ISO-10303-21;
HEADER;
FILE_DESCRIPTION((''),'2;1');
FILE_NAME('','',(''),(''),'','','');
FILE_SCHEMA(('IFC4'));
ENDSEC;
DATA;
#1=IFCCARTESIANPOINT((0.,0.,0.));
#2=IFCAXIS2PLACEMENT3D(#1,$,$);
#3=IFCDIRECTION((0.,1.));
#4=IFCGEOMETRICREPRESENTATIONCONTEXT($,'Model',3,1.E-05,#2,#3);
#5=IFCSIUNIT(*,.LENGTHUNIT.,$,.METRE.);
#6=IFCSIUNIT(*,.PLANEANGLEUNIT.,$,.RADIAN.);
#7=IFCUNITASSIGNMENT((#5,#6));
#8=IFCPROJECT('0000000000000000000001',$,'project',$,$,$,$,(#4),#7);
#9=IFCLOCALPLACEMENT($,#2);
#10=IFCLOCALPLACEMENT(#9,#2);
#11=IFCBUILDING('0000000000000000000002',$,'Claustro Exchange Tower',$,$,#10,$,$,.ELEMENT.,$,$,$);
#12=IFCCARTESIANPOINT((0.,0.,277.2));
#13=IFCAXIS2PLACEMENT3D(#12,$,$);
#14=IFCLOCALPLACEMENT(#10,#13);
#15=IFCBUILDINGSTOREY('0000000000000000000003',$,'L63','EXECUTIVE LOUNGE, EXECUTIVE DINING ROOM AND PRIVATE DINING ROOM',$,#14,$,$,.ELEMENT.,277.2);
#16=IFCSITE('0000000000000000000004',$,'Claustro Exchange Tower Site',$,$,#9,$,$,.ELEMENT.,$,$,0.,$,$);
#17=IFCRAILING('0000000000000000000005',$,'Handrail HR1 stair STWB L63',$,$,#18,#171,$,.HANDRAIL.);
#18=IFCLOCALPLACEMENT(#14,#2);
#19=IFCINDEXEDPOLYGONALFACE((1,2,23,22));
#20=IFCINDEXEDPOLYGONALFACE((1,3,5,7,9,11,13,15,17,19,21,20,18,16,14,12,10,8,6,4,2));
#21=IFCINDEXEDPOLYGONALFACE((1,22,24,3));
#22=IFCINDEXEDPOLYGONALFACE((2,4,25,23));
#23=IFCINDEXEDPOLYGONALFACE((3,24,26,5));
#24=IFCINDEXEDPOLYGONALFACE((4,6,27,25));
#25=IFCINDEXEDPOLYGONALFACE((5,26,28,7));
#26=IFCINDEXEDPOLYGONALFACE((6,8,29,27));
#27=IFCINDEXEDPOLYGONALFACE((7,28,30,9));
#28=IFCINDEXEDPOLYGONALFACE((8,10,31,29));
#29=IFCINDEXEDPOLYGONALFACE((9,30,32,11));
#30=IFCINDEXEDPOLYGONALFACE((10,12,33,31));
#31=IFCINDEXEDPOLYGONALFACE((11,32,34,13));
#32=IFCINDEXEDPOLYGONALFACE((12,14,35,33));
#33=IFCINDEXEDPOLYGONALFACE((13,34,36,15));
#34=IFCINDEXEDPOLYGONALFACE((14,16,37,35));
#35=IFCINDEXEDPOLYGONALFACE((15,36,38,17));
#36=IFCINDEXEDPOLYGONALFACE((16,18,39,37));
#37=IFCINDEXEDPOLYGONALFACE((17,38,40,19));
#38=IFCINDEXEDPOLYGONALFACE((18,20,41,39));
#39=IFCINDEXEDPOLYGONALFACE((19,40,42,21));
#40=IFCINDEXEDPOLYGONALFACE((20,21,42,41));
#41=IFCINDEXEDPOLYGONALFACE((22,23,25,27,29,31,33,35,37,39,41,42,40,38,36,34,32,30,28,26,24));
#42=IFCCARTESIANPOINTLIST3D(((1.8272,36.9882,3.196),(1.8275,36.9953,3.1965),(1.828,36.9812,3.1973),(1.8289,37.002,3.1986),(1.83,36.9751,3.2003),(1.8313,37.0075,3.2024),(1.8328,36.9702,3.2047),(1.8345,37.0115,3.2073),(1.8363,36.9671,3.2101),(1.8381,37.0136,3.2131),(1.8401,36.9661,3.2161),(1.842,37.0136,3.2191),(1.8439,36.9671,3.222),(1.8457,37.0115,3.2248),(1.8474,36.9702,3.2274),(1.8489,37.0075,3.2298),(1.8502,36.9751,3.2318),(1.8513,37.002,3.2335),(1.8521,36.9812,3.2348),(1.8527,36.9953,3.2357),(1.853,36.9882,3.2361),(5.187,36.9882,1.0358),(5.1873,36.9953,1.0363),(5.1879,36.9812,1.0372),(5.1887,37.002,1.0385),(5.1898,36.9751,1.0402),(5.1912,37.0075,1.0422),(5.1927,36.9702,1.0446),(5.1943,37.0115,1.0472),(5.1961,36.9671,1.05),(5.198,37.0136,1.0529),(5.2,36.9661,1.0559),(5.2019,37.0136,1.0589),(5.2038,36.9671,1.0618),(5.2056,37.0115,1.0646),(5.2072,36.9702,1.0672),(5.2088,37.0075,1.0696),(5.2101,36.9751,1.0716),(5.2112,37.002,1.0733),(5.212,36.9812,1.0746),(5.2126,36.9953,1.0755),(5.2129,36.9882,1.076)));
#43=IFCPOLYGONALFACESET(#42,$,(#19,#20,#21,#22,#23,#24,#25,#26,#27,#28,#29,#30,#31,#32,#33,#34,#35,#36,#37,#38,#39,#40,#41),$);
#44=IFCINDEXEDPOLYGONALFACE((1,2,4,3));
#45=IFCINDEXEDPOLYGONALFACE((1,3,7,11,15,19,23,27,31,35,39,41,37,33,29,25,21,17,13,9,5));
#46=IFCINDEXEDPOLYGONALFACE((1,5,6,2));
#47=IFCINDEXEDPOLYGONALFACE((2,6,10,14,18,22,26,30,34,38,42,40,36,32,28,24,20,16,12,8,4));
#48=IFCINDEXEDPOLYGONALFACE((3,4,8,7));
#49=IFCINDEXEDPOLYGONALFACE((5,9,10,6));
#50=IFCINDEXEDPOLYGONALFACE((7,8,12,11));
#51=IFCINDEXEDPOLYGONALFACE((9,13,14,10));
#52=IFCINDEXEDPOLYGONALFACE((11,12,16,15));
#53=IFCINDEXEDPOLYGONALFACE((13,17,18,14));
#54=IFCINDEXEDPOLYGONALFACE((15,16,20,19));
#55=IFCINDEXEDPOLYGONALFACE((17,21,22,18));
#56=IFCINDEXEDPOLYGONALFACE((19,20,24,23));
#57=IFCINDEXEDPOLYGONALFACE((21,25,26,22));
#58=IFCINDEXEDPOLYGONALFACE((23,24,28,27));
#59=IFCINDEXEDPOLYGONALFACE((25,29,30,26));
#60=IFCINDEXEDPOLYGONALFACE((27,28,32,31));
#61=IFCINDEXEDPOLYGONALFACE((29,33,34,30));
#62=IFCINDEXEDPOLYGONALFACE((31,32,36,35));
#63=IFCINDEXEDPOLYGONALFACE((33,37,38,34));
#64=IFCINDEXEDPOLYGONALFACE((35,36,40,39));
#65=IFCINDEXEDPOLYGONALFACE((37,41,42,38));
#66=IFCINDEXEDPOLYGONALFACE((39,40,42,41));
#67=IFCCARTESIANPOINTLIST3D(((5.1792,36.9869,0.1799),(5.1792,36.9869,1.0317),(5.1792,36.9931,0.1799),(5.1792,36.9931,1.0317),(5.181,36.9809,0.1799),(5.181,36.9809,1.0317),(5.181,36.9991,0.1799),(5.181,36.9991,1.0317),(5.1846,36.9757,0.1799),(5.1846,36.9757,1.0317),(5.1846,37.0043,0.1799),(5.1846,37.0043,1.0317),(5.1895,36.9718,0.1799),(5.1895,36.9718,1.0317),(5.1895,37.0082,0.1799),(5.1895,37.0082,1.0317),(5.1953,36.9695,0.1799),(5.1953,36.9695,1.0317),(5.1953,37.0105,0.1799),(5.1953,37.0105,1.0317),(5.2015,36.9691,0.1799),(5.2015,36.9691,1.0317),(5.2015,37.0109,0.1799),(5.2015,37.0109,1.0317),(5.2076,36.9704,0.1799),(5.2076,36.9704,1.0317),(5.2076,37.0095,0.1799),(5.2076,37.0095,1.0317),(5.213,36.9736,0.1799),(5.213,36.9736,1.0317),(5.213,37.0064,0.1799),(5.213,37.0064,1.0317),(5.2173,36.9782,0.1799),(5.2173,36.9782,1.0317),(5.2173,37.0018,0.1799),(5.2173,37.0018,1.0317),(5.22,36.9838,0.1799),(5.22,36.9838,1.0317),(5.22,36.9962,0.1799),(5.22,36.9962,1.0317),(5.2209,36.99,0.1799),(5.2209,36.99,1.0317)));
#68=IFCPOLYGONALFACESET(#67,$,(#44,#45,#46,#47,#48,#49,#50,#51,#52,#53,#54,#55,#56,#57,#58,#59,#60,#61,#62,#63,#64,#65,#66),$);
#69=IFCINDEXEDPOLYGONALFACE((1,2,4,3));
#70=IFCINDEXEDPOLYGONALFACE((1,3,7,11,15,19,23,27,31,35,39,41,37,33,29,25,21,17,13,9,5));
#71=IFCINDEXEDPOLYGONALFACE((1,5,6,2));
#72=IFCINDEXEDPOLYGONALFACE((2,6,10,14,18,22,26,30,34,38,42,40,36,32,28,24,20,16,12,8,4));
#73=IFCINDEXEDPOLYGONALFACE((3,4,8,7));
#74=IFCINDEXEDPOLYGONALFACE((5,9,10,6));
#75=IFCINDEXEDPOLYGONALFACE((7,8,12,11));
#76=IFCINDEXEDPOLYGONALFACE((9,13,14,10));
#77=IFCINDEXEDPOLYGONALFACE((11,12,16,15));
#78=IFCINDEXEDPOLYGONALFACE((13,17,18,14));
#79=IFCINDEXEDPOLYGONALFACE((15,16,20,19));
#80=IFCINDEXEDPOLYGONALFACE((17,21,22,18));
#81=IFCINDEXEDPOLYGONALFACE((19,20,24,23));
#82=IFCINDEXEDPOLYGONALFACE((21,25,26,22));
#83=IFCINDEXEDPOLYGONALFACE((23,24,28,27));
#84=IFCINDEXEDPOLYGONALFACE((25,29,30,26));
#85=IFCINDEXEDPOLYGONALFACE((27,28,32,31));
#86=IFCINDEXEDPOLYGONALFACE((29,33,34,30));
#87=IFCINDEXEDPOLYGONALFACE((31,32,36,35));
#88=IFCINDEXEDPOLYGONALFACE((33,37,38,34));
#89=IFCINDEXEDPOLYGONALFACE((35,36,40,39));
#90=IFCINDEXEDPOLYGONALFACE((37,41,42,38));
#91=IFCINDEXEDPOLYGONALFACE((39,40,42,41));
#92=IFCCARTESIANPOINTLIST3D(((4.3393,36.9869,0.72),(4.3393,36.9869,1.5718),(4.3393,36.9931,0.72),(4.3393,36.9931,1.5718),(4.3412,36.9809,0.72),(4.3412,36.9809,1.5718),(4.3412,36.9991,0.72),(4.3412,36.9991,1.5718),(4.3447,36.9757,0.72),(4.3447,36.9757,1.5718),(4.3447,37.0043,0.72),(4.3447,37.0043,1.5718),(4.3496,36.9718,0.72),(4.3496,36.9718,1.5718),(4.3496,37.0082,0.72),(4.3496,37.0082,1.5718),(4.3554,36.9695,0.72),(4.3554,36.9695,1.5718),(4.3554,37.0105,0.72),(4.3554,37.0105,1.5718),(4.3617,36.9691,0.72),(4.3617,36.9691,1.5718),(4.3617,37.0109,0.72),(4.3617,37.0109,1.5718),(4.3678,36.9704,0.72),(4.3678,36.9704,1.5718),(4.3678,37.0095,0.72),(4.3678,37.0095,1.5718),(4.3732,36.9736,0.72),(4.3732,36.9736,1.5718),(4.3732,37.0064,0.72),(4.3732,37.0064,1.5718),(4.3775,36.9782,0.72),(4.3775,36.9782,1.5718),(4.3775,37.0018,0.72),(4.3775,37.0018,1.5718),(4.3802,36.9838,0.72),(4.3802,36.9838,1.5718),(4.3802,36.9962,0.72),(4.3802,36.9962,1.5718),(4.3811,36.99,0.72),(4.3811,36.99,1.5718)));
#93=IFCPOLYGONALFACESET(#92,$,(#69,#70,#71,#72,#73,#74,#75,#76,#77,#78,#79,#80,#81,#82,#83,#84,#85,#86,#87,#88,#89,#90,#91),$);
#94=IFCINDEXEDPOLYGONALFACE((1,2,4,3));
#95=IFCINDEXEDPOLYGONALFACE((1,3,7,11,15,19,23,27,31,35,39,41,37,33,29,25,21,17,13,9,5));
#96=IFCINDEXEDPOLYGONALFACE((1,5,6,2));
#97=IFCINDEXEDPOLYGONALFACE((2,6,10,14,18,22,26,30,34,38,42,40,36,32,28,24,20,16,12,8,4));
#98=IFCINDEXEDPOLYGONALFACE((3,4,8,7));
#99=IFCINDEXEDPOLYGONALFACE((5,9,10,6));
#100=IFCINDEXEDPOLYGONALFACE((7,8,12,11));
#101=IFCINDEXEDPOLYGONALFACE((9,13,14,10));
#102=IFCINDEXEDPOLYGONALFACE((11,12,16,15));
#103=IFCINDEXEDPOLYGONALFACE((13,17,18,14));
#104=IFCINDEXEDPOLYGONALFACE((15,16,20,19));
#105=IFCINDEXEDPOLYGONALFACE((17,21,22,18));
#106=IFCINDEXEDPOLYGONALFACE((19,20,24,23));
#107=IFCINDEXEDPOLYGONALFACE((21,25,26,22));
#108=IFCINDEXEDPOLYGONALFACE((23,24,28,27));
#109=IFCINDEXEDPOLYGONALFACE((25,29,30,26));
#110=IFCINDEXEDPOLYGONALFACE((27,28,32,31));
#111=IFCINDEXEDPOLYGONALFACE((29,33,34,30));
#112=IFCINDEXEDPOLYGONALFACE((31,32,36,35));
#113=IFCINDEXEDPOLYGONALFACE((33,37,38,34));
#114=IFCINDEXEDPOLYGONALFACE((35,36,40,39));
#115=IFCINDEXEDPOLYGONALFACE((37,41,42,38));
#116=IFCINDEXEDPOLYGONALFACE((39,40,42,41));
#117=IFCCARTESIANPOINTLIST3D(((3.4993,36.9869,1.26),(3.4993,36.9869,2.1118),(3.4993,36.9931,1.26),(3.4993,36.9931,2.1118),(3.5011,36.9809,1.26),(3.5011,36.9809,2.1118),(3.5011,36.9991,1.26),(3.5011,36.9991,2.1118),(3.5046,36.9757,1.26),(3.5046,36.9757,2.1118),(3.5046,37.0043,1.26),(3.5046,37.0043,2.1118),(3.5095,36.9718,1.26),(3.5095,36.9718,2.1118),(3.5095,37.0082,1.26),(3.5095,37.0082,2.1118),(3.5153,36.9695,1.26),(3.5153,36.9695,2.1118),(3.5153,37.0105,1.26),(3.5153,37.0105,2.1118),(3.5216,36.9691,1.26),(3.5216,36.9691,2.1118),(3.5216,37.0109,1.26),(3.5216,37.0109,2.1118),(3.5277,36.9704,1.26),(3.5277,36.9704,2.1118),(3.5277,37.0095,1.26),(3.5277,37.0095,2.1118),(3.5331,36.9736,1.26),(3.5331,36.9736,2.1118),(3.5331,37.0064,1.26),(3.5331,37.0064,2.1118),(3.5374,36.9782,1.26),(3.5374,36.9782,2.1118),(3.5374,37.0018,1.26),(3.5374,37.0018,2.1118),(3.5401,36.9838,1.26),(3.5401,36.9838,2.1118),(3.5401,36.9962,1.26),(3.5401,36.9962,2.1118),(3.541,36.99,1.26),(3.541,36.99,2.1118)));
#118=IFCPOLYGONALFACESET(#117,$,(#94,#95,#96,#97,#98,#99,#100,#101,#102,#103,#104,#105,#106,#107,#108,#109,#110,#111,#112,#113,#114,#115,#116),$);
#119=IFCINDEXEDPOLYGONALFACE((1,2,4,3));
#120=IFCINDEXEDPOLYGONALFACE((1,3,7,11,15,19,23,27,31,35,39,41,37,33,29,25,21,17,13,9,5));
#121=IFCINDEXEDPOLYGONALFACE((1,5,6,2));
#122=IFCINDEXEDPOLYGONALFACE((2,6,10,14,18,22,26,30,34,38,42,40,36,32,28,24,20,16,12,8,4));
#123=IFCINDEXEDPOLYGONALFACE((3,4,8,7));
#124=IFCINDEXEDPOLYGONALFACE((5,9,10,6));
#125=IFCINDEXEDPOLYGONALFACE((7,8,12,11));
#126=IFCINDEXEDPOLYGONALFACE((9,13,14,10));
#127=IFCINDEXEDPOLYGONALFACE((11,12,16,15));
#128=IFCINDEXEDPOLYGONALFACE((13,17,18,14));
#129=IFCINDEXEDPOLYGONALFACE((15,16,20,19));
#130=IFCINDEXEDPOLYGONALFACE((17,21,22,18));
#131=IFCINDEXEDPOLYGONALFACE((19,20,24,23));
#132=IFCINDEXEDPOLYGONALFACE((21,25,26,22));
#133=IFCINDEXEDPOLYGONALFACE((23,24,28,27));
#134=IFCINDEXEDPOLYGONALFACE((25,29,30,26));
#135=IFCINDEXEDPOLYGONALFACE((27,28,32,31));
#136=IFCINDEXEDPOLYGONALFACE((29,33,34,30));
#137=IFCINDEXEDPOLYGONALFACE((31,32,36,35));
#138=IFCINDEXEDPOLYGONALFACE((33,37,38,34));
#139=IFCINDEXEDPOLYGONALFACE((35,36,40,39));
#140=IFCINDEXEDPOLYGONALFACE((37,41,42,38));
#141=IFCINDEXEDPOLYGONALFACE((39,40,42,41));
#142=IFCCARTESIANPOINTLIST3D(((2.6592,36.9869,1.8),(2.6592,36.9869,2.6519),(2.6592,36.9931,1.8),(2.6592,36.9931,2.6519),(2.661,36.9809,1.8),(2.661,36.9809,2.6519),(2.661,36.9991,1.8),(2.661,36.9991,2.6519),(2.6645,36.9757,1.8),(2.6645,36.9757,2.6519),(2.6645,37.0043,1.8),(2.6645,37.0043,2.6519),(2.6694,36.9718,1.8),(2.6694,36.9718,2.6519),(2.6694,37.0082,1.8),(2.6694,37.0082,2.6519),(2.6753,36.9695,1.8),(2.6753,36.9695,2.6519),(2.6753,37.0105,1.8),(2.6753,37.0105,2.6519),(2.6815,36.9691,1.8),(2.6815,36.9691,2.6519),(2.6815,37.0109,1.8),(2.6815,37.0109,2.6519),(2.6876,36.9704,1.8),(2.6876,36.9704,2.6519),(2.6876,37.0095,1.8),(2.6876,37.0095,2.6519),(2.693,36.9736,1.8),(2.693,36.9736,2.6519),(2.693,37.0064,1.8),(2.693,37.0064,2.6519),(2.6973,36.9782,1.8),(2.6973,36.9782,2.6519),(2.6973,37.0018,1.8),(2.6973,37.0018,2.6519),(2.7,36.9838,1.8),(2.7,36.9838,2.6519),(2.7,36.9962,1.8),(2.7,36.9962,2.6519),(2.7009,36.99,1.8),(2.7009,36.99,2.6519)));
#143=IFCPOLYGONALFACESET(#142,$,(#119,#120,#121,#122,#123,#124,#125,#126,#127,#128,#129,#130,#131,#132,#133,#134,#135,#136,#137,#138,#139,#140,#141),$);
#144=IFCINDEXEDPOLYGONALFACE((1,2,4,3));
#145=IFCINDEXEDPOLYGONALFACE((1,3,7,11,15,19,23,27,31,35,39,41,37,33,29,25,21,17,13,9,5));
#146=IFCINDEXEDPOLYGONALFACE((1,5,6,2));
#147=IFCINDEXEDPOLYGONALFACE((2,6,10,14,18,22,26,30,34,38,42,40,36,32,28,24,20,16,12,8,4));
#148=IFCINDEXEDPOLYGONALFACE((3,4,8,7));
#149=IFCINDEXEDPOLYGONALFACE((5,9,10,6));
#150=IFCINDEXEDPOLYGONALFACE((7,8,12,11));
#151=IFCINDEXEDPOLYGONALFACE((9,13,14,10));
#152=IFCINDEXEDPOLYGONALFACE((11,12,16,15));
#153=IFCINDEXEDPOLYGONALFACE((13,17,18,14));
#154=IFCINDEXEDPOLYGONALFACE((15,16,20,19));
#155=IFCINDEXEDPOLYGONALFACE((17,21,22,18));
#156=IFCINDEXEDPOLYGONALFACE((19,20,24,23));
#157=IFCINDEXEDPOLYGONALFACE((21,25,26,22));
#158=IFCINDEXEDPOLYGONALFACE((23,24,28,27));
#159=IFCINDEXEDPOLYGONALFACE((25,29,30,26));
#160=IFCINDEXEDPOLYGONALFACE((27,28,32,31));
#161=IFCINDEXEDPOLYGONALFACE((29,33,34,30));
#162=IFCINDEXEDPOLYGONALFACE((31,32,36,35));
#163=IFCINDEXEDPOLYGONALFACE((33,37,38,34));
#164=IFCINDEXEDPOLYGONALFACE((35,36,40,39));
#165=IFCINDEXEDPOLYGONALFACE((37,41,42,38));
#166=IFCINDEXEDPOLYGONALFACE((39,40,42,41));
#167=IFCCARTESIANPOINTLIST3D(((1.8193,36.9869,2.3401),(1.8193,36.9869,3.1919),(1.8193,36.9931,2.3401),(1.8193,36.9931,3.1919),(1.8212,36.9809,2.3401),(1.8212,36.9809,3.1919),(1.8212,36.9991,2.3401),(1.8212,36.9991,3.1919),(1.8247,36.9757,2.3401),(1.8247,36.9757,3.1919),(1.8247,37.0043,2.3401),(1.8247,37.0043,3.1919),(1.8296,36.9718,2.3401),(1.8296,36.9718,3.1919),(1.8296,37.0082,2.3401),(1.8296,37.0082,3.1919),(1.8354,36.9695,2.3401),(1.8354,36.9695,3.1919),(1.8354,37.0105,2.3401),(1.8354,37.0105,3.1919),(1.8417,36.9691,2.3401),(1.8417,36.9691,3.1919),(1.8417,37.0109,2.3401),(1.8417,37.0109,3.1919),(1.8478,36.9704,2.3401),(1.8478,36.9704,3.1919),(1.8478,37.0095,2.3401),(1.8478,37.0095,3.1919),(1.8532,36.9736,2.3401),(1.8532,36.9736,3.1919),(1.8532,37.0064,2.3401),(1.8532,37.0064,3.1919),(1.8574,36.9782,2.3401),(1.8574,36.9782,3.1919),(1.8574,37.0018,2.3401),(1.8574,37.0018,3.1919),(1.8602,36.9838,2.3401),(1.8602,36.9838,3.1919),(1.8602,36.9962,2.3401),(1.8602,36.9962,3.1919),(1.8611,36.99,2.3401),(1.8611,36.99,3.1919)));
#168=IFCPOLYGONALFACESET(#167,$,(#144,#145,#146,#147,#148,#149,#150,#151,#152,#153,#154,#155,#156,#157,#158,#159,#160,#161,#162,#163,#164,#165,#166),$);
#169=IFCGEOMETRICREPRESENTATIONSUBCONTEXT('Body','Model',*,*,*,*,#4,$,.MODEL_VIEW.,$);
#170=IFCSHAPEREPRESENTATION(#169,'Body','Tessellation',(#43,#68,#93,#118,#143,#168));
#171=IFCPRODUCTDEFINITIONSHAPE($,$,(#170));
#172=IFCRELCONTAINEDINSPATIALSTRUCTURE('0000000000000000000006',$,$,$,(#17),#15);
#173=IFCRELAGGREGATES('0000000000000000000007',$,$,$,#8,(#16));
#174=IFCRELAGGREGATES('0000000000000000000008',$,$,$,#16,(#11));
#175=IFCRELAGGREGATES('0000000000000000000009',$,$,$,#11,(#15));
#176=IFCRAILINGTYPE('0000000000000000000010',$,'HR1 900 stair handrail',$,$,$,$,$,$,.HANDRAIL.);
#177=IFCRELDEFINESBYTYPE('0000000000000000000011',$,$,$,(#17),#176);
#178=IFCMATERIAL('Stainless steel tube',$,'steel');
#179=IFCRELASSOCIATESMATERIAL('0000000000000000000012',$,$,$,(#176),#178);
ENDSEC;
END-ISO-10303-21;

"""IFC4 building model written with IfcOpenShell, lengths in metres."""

from ifc_helpers import new_model, si_unit, direction, frame, origin, origin_2d, place, context, subcontext, project, spatial, circle, extrude, material, type_object, element, save


model = new_model("IFC4")

# Units and contexts
model_context = context("Model", 3, precision=1e-05, world=origin(), true_north=direction((0.0, 1.0)))
body_context = subcontext(model_context, "Body", "Model", "MODEL_VIEW")
ifc_project = project(units=[si_unit("LENGTHUNIT", "METRE"), si_unit("PLANEANGLEUNIT", "RADIAN")], contexts=[model_context])

# Site, building, storey
site_placement = place(None, origin())
site = spatial("IfcSite", under=ifc_project, at=site_placement, Name="Claustro Exchange Tower Site", CompositionType="ELEMENT", RefElevation=0.0)
building_placement = place(site_placement, origin())
building = spatial("IfcBuilding", under=site, at=building_placement, Name="Claustro Exchange Tower", CompositionType="ELEMENT")
storey_placement = place(building_placement, frame((0.0, 0.0, 277.2)))
storey = spatial("IfcBuildingStorey", under=building, at=storey_placement, Name="L63", Description="EXECUTIVE LOUNGE, EXECUTIVE DINING ROOM AND PRIVATE DINING ROOM", CompositionType="ELEMENT", Elevation=277.2)

# Railing
ifc_material_1 = material(Name="Stainless steel tube", Category="steel")
railing_type_1 = type_object("IfcRailingType", Name="HR1 900 stair handrail", PredefinedType="HANDRAIL", material=ifc_material_1)
railing_1_placement = place(storey_placement, frame((5.2, 36.99, 0.1799)))
element("IfcRailing", 1, at=railing_1_placement, inside=storey, type_object=railing_type_1, Name="Handrail HR1 stair STWB L63", PredefinedType="HANDRAIL", context=body_context, shape_type="SweptSolid", body=[
    extrude(circle(Radius=0.0239, at=origin_2d()), frame((0.0, 0.0, 0.876), z_axis=(-0.841151, 0.0, 0.540801), x_axis=(0.0, -1.0, 0.0)), (0.0, 0.0, 1.0), 3.9944),
    extrude(circle(Radius=0.021, at=origin_2d()), origin(), (0.0, 0.0, 1.0), 0.8518),
    extrude(circle(Radius=0.021, at=origin_2d()), frame((-0.8398, 0.0, 0.54)), (0.0, 0.0, 1.0), 0.8518),
    extrude(circle(Radius=0.021, at=origin_2d()), frame((-1.6799, 0.0, 1.0801)), (0.0, 0.0, 1.0), 0.8518),
    extrude(circle(Radius=0.021, at=origin_2d()), frame((-2.52, 0.0, 1.6201)), (0.0, 0.0, 1.0), 0.8518),
    extrude(circle(Radius=0.021, at=origin_2d()), frame((-3.3599, 0.0, 2.1602)), (0.0, 0.0, 1.0), 0.8518),
])

save(model, "model.ifc")
